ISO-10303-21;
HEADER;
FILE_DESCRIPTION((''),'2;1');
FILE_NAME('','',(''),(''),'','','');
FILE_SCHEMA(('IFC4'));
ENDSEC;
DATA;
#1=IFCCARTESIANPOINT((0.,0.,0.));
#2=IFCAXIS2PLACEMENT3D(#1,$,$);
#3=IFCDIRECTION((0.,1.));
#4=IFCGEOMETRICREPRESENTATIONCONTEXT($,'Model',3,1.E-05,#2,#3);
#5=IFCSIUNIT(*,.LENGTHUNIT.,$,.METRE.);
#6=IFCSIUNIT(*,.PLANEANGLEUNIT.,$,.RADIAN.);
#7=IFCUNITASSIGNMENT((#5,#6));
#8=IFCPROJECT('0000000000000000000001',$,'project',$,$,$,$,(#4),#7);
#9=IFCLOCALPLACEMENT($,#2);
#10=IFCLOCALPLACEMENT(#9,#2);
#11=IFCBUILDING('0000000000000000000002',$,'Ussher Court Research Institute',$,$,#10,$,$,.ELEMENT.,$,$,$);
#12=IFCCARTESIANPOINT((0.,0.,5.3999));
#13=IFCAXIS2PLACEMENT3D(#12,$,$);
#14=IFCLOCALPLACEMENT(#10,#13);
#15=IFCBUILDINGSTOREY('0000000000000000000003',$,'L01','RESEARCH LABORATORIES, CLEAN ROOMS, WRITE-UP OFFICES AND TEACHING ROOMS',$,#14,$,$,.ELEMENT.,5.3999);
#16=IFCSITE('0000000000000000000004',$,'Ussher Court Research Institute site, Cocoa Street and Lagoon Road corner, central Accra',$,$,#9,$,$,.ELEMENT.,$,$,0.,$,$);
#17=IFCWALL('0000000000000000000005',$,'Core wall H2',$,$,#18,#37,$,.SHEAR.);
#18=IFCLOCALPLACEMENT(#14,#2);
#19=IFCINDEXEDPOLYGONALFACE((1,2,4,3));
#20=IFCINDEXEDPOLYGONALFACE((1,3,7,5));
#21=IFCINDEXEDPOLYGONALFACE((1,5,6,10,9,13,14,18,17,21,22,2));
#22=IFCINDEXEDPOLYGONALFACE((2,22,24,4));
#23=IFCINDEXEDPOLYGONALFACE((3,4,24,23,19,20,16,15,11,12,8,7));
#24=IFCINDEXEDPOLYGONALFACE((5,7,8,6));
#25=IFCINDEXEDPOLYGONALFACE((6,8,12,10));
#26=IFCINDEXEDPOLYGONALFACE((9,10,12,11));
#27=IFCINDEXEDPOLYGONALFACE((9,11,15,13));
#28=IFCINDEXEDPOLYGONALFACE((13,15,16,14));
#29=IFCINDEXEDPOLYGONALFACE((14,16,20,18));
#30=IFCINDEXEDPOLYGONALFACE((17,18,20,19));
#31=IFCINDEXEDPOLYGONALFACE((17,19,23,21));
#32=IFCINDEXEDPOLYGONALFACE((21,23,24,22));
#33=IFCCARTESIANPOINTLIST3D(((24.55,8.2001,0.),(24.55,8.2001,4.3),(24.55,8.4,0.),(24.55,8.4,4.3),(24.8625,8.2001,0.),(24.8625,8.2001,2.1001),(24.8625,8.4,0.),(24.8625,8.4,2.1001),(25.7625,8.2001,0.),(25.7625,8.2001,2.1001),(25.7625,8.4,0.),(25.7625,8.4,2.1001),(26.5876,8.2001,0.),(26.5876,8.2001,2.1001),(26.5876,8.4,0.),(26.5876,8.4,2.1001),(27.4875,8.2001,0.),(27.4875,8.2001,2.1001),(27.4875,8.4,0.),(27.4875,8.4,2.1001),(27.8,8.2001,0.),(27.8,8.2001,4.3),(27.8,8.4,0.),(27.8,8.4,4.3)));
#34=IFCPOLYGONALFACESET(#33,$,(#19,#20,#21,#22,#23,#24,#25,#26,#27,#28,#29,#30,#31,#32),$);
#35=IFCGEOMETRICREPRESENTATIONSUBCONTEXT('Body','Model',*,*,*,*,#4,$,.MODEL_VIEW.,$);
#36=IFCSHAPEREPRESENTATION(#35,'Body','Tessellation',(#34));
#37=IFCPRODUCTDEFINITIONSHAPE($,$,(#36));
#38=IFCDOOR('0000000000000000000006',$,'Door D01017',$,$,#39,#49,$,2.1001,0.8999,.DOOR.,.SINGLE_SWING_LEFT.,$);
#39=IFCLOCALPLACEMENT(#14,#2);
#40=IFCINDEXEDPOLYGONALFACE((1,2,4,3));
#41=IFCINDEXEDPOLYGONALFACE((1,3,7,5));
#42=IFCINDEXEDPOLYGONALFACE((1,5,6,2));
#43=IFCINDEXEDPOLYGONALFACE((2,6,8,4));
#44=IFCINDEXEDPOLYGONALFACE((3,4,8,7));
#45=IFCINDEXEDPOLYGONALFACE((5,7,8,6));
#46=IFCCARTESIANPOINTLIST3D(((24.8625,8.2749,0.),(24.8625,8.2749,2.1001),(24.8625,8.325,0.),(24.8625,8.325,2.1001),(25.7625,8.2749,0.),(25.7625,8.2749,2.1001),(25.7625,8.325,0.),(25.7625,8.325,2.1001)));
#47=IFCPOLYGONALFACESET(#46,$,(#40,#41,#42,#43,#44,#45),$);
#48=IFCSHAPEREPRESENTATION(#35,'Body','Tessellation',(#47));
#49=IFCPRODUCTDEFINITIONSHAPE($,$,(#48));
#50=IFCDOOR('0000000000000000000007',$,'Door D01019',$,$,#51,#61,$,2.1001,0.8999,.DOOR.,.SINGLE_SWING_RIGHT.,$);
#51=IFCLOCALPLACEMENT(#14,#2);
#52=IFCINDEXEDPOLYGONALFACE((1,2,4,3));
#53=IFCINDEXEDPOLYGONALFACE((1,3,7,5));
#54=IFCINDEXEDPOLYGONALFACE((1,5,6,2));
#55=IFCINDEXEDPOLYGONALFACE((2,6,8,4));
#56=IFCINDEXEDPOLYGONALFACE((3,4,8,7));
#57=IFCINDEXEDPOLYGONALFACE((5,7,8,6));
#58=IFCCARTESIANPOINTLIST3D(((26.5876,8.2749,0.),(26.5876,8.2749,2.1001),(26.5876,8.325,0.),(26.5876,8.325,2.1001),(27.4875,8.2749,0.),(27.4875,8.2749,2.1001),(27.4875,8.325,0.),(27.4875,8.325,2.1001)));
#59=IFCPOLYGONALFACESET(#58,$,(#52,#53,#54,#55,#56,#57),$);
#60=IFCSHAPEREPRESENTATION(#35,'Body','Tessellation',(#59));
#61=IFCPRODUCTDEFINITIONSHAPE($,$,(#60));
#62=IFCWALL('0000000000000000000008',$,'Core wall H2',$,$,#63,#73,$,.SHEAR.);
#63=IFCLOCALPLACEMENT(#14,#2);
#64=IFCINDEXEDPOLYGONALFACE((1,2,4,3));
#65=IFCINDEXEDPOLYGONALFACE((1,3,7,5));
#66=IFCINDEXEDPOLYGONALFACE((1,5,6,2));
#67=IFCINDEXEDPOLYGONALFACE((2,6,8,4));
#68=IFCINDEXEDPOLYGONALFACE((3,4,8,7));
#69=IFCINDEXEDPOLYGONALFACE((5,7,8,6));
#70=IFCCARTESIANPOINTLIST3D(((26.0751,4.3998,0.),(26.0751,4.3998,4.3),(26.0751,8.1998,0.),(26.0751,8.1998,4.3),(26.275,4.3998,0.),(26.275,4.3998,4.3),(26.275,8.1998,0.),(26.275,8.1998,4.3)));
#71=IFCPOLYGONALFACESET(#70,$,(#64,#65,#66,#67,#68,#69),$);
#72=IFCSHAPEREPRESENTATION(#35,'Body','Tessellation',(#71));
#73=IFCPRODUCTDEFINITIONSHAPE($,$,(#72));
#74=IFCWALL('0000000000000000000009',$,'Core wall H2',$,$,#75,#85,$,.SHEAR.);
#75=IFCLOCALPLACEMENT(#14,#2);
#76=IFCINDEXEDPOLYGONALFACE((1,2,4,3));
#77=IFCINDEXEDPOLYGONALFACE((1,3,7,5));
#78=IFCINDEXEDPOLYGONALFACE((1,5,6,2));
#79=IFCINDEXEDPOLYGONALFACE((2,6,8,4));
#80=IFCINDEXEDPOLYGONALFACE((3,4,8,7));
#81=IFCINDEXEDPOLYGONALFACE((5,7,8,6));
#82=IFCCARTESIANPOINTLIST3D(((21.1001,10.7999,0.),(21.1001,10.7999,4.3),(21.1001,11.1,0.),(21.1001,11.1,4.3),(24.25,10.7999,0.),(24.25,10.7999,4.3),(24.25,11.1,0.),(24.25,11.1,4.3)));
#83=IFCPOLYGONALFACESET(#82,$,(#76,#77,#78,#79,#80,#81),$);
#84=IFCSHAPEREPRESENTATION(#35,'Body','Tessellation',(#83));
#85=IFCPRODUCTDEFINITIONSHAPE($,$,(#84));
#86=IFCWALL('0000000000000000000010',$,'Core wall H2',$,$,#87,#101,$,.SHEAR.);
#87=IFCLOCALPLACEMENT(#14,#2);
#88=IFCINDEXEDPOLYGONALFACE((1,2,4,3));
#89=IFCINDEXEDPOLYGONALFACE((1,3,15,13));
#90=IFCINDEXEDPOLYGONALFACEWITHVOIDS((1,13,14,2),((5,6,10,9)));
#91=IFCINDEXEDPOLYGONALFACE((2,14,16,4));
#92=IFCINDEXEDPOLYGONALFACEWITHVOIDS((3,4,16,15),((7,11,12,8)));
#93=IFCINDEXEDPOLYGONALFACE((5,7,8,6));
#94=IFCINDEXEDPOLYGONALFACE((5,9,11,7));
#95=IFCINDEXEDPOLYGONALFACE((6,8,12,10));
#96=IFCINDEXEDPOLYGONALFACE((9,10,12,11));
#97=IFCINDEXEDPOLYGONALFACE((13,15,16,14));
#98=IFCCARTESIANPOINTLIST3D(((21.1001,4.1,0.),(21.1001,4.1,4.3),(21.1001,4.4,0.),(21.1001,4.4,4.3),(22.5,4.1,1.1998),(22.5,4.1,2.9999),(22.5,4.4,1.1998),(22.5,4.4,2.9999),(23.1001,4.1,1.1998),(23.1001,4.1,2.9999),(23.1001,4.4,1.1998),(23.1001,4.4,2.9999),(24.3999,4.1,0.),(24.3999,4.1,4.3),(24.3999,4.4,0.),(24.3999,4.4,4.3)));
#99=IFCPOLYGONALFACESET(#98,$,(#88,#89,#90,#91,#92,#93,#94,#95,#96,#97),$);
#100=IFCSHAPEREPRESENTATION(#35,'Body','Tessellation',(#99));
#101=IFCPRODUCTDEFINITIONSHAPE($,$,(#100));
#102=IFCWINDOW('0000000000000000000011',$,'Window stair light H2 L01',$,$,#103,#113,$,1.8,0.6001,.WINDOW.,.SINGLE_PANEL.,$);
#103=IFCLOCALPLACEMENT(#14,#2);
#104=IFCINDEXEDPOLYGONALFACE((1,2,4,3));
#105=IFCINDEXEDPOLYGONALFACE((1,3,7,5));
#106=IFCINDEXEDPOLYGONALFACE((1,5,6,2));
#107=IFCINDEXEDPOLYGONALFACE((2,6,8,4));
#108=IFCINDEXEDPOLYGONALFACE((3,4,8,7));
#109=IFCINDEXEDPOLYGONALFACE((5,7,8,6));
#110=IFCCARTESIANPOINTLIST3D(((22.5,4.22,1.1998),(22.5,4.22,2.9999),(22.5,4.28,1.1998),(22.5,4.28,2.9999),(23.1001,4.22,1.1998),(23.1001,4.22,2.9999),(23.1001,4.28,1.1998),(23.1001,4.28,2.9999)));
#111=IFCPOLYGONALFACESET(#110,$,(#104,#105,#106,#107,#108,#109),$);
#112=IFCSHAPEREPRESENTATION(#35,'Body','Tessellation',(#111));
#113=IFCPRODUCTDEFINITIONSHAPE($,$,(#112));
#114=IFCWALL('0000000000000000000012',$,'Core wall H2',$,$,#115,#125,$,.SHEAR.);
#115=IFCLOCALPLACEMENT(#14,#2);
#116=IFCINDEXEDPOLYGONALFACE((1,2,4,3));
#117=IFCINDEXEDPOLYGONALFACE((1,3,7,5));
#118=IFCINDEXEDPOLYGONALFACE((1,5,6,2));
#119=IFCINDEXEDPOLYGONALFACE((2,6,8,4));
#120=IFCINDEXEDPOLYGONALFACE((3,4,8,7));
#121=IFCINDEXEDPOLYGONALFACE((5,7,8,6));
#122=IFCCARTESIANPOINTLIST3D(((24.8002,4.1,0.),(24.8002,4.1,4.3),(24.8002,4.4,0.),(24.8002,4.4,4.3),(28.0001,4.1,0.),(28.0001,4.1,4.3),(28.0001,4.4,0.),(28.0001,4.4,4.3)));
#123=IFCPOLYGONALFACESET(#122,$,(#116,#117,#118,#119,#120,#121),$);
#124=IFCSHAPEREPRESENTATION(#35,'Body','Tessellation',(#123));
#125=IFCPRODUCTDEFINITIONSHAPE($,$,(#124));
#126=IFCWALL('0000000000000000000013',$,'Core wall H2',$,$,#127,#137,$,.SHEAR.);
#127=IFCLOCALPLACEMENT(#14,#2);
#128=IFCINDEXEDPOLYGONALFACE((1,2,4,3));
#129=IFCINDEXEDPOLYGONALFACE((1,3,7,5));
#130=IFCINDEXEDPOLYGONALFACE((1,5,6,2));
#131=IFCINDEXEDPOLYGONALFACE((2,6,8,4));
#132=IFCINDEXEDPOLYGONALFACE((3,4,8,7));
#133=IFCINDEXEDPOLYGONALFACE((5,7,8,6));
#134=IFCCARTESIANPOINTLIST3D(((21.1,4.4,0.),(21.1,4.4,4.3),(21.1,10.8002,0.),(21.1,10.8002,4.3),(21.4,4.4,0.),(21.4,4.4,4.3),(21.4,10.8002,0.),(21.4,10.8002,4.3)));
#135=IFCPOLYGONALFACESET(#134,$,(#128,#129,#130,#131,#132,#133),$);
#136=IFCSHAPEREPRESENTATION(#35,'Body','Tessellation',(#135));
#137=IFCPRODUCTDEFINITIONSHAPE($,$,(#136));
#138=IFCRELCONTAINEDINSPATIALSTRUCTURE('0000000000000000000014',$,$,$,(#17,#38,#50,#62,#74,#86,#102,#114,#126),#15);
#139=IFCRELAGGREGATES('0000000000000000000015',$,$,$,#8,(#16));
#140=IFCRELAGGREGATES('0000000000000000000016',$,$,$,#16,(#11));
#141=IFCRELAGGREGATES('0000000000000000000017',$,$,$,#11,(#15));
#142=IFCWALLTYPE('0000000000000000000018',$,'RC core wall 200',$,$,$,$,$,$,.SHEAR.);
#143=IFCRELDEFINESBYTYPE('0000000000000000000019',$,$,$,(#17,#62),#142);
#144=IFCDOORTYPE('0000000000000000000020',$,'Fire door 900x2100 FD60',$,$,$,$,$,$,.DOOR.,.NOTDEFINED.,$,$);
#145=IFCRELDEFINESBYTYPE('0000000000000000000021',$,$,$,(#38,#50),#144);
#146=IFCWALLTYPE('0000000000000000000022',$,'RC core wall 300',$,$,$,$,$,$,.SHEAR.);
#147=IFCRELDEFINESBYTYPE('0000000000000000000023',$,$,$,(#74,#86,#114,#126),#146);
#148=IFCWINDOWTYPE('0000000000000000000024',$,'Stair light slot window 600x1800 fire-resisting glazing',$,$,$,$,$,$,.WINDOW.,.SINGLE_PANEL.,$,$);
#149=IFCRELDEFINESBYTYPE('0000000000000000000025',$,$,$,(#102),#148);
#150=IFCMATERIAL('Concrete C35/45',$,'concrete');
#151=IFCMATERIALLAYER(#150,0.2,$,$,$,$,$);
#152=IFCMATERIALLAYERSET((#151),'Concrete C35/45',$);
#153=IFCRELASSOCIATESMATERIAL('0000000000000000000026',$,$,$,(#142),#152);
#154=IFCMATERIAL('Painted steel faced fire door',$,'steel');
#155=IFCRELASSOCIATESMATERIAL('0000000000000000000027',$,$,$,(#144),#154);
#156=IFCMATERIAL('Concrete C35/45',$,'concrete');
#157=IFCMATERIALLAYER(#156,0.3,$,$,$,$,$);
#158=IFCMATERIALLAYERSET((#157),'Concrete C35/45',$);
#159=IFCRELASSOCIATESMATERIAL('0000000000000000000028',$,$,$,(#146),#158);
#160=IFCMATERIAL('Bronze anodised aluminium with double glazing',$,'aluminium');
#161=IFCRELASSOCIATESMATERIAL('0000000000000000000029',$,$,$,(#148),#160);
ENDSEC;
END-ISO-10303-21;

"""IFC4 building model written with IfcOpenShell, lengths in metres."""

from ifc_helpers import new_model, si_unit, direction, frame, frame_2d, origin, place, context, subcontext, project, spatial, rectangle, extrude, material, layer, layer_set, type_object, element, fill, save


model = new_model("IFC4")

# Units and contexts
model_context = context("Model", 3, precision=1e-05, world=origin(), true_north=direction((0.0, 1.0)))
body_context = subcontext(model_context, "Body", "Model", "MODEL_VIEW")
ifc_project = project(units=[si_unit("LENGTHUNIT", "METRE"), si_unit("PLANEANGLEUNIT", "RADIAN")], contexts=[model_context])

# Site, building, storey
site_placement = place(None, origin())
site = spatial("IfcSite", under=ifc_project, at=site_placement, Name="Ussher Court Research Institute site, Cocoa Street and Lagoon Road corner, central Accra", CompositionType="ELEMENT", RefElevation=0.0)
building_placement = place(site_placement, origin())
building = spatial("IfcBuilding", under=site, at=building_placement, Name="Ussher Court Research Institute", CompositionType="ELEMENT")
storey_placement = place(building_placement, frame((0.0, 0.0, 5.3999)))
storey = spatial("IfcBuildingStorey", under=building, at=storey_placement, Name="L01", Description="RESEARCH LABORATORIES, CLEAN ROOMS, WRITE-UP OFFICES AND TEACHING ROOMS", CompositionType="ELEMENT", Elevation=5.3999)

# Shared definitions
ifc_material_1 = material(Name="Concrete C35/45", Category="concrete")
ifc_layer_1 = layer(ifc_material_1, 0.2)
ifc_layer_set_1 = layer_set([ifc_layer_1], Name="Concrete C35/45")
wall_type_1 = type_object("IfcWallType", Name="RC core wall 200", PredefinedType="SHEAR", material=ifc_layer_set_1)

# Wall, openings, doors
wall_1_placement = place(storey_placement, frame((24.55, 8.3, 0.0), z_axis=(0.0, 0.0, 1.0), x_axis=(1.0, 0.0, 0.0)))
wall_1 = element("IfcWall", 1, at=wall_1_placement, inside=storey, type_object=wall_type_1, Name="Core wall H2", PredefinedType="SHEAR", context=body_context, shape_type="SweptSolid", body=[
    extrude(rectangle(XDim=3.25, YDim=0.2, at=frame_2d((1.625, 0.0))), origin(), (0.0, 0.0, 1.0), 4.3),
])
opening_1_placement = place(wall_1_placement, frame((0.3125, 0.0, 0.0)))
opening_1 = element("IfcOpeningElement", 2, at=opening_1_placement, cuts=wall_1, PredefinedType="OPENING", context=body_context, shape_type="SweptSolid", body=[
    extrude(rectangle(XDim=0.8999, YDim=2.1001, at=frame_2d((0.45, 1.05))), frame((0.0, 0.1099, 0.0), z_axis=(0.0, -1.0, 0.0), x_axis=(1.0, 0.0, 0.0)), (0.0, 0.0, 1.0), 0.22),
])
opening_2_placement = place(wall_1_placement, frame((2.0376, 0.0, 0.0)))
opening_2 = element("IfcOpeningElement", 3, at=opening_2_placement, cuts=wall_1, PredefinedType="OPENING", context=body_context, shape_type="SweptSolid", body=[
    extrude(rectangle(XDim=0.8999, YDim=2.1001, at=frame_2d((0.45, 1.05))), frame((0.0, 0.1099, 0.0), z_axis=(0.0, -1.0, 0.0), x_axis=(1.0, 0.0, 0.0)), (0.0, 0.0, 1.0), 0.22),
])
ifc_material_2 = material(Name="Painted steel faced fire door", Category="steel")
door_type_1 = type_object("IfcDoorType", Name="Fire door 900x2100 FD60", OperationType="NOTDEFINED", PredefinedType="DOOR", material=ifc_material_2)
door_1_placement = place(opening_1_placement, origin())
door_1 = element("IfcDoor", 4, at=door_1_placement, inside=storey, type_object=door_type_1, Name="Door D01017", OperationType="SINGLE_SWING_LEFT", OverallHeight=2.1001, OverallWidth=0.8999, PredefinedType="DOOR", context=body_context, shape_type="SweptSolid", body=[
    extrude(rectangle(XDim=0.8999, YDim=2.1001, at=frame_2d((0.45, 1.05))), frame((0.0, 0.0249, 0.0), z_axis=(0.0, -1.0, 0.0), x_axis=(1.0, 0.0, 0.0)), (0.0, 0.0, 1.0), 0.05),
])
fill(opening_1, door_1)
door_2_placement = place(opening_2_placement, origin())
door_2 = element("IfcDoor", 5, at=door_2_placement, inside=storey, type_object=door_type_1, Name="Door D01019", OperationType="SINGLE_SWING_RIGHT", OverallHeight=2.1001, OverallWidth=0.8999, PredefinedType="DOOR", context=body_context, shape_type="SweptSolid", body=[
    extrude(rectangle(XDim=0.8999, YDim=2.1001, at=frame_2d((0.45, 1.05))), frame((0.0, 0.0249, 0.0), z_axis=(0.0, -1.0, 0.0), x_axis=(1.0, 0.0, 0.0)), (0.0, 0.0, 1.0), 0.05),
])
fill(opening_2, door_2)

# Walls
wall_2_placement = place(storey_placement, frame((26.175, 4.3999, 0.0), z_axis=(0.0, 0.0, 1.0), x_axis=(0.0, 1.0, 0.0)))
element("IfcWall", 6, at=wall_2_placement, inside=storey, type_object=wall_type_1, Name="Core wall H2", PredefinedType="SHEAR", context=body_context, shape_type="SweptSolid", body=[
    extrude(rectangle(XDim=3.8, YDim=0.2, at=frame_2d((1.8999, 0.0))), origin(), (0.0, 0.0, 1.0), 4.3),
])
ifc_material_3 = material(Name="Concrete C35/45", Category="concrete")
ifc_layer_2 = layer(ifc_material_3, 0.3)
ifc_layer_set_2 = layer_set([ifc_layer_2], Name="Concrete C35/45")
wall_type_2 = type_object("IfcWallType", Name="RC core wall 300", PredefinedType="SHEAR", material=ifc_layer_set_2)
wall_3_placement = place(storey_placement, frame((24.25, 10.95, 0.0), z_axis=(0.0, 0.0, 1.0), x_axis=(-1.0, 0.0, 0.0)))
element("IfcWall", 7, at=wall_3_placement, inside=storey, type_object=wall_type_2, Name="Core wall H2", PredefinedType="SHEAR", context=body_context, shape_type="SweptSolid", body=[
    extrude(rectangle(XDim=3.1499, YDim=0.3, at=frame_2d((1.575, 0.0))), origin(), (0.0, 0.0, 1.0), 4.3),
])

# Wall, opening, window
wall_4_placement = place(storey_placement, frame((21.1001, 4.25, 0.0), z_axis=(0.0, 0.0, 1.0), x_axis=(1.0, 0.0, 0.0)))
wall_4 = element("IfcWall", 8, at=wall_4_placement, inside=storey, type_object=wall_type_2, Name="Core wall H2", PredefinedType="SHEAR", context=body_context, shape_type="SweptSolid", body=[
    extrude(rectangle(XDim=3.2998, YDim=0.3, at=frame_2d((1.6499, 0.0))), origin(), (0.0, 0.0, 1.0), 4.3),
])
opening_3_placement = place(wall_4_placement, frame((1.3999, 0.0, 1.2)))
opening_3 = element("IfcOpeningElement", 9, at=opening_3_placement, cuts=wall_4, PredefinedType="OPENING", context=body_context, shape_type="SweptSolid", body=[
    extrude(rectangle(XDim=0.6001, YDim=1.8, at=frame_2d((0.3, 0.8999))), frame((0.0, 0.1602, 0.0), z_axis=(0.0, -1.0, 0.0), x_axis=(1.0, 0.0, 0.0)), (0.0, 0.0, 1.0), 0.3201),
])
ifc_material_4 = material(Name="Bronze anodised aluminium with double glazing", Category="aluminium")
window_type = type_object("IfcWindowType", Name="Stair light slot window 600x1800 fire-resisting glazing", PartitioningType="SINGLE_PANEL", PredefinedType="WINDOW", material=ifc_material_4)
window_placement = place(opening_3_placement, origin())
window = element("IfcWindow", 10, at=window_placement, inside=storey, type_object=window_type, Name="Window stair light H2 L01", OverallHeight=1.8, OverallWidth=0.6001, PartitioningType="SINGLE_PANEL", PredefinedType="WINDOW", context=body_context, shape_type="SweptSolid", body=[
    extrude(rectangle(XDim=0.6001, YDim=1.8, at=frame_2d((0.3, 0.8999))), frame((0.0, 0.03, 0.0), z_axis=(0.0, -1.0, 0.0), x_axis=(1.0, 0.0, 0.0)), (0.0, 0.0, 1.0), 0.0601),
])
fill(opening_3, window)

# Walls
wall_5_placement = place(storey_placement, frame((24.8, 4.25, 0.0), z_axis=(0.0, 0.0, 1.0), x_axis=(1.0, 0.0, 0.0)))
element("IfcWall", 11, at=wall_5_placement, inside=storey, type_object=wall_type_2, Name="Core wall H2", PredefinedType="SHEAR", context=body_context, shape_type="SweptSolid", body=[
    extrude(rectangle(XDim=3.2, YDim=0.3, at=frame_2d((1.6001, 0.0))), origin(), (0.0, 0.0, 1.0), 4.3),
])
wall_6_placement = place(storey_placement, frame((21.25, 4.3999, 0.0), z_axis=(0.0, 0.0, 1.0), x_axis=(0.0, 1.0, 0.0)))
element("IfcWall", 12, at=wall_6_placement, inside=storey, type_object=wall_type_2, Name="Core wall H2", PredefinedType="SHEAR", context=body_context, shape_type="SweptSolid", body=[
    extrude(rectangle(XDim=6.4001, YDim=0.3, at=frame_2d((3.2002, 0.0))), origin(), (0.0, 0.0, 1.0), 4.3),
])

save(model, "model.ifc")
